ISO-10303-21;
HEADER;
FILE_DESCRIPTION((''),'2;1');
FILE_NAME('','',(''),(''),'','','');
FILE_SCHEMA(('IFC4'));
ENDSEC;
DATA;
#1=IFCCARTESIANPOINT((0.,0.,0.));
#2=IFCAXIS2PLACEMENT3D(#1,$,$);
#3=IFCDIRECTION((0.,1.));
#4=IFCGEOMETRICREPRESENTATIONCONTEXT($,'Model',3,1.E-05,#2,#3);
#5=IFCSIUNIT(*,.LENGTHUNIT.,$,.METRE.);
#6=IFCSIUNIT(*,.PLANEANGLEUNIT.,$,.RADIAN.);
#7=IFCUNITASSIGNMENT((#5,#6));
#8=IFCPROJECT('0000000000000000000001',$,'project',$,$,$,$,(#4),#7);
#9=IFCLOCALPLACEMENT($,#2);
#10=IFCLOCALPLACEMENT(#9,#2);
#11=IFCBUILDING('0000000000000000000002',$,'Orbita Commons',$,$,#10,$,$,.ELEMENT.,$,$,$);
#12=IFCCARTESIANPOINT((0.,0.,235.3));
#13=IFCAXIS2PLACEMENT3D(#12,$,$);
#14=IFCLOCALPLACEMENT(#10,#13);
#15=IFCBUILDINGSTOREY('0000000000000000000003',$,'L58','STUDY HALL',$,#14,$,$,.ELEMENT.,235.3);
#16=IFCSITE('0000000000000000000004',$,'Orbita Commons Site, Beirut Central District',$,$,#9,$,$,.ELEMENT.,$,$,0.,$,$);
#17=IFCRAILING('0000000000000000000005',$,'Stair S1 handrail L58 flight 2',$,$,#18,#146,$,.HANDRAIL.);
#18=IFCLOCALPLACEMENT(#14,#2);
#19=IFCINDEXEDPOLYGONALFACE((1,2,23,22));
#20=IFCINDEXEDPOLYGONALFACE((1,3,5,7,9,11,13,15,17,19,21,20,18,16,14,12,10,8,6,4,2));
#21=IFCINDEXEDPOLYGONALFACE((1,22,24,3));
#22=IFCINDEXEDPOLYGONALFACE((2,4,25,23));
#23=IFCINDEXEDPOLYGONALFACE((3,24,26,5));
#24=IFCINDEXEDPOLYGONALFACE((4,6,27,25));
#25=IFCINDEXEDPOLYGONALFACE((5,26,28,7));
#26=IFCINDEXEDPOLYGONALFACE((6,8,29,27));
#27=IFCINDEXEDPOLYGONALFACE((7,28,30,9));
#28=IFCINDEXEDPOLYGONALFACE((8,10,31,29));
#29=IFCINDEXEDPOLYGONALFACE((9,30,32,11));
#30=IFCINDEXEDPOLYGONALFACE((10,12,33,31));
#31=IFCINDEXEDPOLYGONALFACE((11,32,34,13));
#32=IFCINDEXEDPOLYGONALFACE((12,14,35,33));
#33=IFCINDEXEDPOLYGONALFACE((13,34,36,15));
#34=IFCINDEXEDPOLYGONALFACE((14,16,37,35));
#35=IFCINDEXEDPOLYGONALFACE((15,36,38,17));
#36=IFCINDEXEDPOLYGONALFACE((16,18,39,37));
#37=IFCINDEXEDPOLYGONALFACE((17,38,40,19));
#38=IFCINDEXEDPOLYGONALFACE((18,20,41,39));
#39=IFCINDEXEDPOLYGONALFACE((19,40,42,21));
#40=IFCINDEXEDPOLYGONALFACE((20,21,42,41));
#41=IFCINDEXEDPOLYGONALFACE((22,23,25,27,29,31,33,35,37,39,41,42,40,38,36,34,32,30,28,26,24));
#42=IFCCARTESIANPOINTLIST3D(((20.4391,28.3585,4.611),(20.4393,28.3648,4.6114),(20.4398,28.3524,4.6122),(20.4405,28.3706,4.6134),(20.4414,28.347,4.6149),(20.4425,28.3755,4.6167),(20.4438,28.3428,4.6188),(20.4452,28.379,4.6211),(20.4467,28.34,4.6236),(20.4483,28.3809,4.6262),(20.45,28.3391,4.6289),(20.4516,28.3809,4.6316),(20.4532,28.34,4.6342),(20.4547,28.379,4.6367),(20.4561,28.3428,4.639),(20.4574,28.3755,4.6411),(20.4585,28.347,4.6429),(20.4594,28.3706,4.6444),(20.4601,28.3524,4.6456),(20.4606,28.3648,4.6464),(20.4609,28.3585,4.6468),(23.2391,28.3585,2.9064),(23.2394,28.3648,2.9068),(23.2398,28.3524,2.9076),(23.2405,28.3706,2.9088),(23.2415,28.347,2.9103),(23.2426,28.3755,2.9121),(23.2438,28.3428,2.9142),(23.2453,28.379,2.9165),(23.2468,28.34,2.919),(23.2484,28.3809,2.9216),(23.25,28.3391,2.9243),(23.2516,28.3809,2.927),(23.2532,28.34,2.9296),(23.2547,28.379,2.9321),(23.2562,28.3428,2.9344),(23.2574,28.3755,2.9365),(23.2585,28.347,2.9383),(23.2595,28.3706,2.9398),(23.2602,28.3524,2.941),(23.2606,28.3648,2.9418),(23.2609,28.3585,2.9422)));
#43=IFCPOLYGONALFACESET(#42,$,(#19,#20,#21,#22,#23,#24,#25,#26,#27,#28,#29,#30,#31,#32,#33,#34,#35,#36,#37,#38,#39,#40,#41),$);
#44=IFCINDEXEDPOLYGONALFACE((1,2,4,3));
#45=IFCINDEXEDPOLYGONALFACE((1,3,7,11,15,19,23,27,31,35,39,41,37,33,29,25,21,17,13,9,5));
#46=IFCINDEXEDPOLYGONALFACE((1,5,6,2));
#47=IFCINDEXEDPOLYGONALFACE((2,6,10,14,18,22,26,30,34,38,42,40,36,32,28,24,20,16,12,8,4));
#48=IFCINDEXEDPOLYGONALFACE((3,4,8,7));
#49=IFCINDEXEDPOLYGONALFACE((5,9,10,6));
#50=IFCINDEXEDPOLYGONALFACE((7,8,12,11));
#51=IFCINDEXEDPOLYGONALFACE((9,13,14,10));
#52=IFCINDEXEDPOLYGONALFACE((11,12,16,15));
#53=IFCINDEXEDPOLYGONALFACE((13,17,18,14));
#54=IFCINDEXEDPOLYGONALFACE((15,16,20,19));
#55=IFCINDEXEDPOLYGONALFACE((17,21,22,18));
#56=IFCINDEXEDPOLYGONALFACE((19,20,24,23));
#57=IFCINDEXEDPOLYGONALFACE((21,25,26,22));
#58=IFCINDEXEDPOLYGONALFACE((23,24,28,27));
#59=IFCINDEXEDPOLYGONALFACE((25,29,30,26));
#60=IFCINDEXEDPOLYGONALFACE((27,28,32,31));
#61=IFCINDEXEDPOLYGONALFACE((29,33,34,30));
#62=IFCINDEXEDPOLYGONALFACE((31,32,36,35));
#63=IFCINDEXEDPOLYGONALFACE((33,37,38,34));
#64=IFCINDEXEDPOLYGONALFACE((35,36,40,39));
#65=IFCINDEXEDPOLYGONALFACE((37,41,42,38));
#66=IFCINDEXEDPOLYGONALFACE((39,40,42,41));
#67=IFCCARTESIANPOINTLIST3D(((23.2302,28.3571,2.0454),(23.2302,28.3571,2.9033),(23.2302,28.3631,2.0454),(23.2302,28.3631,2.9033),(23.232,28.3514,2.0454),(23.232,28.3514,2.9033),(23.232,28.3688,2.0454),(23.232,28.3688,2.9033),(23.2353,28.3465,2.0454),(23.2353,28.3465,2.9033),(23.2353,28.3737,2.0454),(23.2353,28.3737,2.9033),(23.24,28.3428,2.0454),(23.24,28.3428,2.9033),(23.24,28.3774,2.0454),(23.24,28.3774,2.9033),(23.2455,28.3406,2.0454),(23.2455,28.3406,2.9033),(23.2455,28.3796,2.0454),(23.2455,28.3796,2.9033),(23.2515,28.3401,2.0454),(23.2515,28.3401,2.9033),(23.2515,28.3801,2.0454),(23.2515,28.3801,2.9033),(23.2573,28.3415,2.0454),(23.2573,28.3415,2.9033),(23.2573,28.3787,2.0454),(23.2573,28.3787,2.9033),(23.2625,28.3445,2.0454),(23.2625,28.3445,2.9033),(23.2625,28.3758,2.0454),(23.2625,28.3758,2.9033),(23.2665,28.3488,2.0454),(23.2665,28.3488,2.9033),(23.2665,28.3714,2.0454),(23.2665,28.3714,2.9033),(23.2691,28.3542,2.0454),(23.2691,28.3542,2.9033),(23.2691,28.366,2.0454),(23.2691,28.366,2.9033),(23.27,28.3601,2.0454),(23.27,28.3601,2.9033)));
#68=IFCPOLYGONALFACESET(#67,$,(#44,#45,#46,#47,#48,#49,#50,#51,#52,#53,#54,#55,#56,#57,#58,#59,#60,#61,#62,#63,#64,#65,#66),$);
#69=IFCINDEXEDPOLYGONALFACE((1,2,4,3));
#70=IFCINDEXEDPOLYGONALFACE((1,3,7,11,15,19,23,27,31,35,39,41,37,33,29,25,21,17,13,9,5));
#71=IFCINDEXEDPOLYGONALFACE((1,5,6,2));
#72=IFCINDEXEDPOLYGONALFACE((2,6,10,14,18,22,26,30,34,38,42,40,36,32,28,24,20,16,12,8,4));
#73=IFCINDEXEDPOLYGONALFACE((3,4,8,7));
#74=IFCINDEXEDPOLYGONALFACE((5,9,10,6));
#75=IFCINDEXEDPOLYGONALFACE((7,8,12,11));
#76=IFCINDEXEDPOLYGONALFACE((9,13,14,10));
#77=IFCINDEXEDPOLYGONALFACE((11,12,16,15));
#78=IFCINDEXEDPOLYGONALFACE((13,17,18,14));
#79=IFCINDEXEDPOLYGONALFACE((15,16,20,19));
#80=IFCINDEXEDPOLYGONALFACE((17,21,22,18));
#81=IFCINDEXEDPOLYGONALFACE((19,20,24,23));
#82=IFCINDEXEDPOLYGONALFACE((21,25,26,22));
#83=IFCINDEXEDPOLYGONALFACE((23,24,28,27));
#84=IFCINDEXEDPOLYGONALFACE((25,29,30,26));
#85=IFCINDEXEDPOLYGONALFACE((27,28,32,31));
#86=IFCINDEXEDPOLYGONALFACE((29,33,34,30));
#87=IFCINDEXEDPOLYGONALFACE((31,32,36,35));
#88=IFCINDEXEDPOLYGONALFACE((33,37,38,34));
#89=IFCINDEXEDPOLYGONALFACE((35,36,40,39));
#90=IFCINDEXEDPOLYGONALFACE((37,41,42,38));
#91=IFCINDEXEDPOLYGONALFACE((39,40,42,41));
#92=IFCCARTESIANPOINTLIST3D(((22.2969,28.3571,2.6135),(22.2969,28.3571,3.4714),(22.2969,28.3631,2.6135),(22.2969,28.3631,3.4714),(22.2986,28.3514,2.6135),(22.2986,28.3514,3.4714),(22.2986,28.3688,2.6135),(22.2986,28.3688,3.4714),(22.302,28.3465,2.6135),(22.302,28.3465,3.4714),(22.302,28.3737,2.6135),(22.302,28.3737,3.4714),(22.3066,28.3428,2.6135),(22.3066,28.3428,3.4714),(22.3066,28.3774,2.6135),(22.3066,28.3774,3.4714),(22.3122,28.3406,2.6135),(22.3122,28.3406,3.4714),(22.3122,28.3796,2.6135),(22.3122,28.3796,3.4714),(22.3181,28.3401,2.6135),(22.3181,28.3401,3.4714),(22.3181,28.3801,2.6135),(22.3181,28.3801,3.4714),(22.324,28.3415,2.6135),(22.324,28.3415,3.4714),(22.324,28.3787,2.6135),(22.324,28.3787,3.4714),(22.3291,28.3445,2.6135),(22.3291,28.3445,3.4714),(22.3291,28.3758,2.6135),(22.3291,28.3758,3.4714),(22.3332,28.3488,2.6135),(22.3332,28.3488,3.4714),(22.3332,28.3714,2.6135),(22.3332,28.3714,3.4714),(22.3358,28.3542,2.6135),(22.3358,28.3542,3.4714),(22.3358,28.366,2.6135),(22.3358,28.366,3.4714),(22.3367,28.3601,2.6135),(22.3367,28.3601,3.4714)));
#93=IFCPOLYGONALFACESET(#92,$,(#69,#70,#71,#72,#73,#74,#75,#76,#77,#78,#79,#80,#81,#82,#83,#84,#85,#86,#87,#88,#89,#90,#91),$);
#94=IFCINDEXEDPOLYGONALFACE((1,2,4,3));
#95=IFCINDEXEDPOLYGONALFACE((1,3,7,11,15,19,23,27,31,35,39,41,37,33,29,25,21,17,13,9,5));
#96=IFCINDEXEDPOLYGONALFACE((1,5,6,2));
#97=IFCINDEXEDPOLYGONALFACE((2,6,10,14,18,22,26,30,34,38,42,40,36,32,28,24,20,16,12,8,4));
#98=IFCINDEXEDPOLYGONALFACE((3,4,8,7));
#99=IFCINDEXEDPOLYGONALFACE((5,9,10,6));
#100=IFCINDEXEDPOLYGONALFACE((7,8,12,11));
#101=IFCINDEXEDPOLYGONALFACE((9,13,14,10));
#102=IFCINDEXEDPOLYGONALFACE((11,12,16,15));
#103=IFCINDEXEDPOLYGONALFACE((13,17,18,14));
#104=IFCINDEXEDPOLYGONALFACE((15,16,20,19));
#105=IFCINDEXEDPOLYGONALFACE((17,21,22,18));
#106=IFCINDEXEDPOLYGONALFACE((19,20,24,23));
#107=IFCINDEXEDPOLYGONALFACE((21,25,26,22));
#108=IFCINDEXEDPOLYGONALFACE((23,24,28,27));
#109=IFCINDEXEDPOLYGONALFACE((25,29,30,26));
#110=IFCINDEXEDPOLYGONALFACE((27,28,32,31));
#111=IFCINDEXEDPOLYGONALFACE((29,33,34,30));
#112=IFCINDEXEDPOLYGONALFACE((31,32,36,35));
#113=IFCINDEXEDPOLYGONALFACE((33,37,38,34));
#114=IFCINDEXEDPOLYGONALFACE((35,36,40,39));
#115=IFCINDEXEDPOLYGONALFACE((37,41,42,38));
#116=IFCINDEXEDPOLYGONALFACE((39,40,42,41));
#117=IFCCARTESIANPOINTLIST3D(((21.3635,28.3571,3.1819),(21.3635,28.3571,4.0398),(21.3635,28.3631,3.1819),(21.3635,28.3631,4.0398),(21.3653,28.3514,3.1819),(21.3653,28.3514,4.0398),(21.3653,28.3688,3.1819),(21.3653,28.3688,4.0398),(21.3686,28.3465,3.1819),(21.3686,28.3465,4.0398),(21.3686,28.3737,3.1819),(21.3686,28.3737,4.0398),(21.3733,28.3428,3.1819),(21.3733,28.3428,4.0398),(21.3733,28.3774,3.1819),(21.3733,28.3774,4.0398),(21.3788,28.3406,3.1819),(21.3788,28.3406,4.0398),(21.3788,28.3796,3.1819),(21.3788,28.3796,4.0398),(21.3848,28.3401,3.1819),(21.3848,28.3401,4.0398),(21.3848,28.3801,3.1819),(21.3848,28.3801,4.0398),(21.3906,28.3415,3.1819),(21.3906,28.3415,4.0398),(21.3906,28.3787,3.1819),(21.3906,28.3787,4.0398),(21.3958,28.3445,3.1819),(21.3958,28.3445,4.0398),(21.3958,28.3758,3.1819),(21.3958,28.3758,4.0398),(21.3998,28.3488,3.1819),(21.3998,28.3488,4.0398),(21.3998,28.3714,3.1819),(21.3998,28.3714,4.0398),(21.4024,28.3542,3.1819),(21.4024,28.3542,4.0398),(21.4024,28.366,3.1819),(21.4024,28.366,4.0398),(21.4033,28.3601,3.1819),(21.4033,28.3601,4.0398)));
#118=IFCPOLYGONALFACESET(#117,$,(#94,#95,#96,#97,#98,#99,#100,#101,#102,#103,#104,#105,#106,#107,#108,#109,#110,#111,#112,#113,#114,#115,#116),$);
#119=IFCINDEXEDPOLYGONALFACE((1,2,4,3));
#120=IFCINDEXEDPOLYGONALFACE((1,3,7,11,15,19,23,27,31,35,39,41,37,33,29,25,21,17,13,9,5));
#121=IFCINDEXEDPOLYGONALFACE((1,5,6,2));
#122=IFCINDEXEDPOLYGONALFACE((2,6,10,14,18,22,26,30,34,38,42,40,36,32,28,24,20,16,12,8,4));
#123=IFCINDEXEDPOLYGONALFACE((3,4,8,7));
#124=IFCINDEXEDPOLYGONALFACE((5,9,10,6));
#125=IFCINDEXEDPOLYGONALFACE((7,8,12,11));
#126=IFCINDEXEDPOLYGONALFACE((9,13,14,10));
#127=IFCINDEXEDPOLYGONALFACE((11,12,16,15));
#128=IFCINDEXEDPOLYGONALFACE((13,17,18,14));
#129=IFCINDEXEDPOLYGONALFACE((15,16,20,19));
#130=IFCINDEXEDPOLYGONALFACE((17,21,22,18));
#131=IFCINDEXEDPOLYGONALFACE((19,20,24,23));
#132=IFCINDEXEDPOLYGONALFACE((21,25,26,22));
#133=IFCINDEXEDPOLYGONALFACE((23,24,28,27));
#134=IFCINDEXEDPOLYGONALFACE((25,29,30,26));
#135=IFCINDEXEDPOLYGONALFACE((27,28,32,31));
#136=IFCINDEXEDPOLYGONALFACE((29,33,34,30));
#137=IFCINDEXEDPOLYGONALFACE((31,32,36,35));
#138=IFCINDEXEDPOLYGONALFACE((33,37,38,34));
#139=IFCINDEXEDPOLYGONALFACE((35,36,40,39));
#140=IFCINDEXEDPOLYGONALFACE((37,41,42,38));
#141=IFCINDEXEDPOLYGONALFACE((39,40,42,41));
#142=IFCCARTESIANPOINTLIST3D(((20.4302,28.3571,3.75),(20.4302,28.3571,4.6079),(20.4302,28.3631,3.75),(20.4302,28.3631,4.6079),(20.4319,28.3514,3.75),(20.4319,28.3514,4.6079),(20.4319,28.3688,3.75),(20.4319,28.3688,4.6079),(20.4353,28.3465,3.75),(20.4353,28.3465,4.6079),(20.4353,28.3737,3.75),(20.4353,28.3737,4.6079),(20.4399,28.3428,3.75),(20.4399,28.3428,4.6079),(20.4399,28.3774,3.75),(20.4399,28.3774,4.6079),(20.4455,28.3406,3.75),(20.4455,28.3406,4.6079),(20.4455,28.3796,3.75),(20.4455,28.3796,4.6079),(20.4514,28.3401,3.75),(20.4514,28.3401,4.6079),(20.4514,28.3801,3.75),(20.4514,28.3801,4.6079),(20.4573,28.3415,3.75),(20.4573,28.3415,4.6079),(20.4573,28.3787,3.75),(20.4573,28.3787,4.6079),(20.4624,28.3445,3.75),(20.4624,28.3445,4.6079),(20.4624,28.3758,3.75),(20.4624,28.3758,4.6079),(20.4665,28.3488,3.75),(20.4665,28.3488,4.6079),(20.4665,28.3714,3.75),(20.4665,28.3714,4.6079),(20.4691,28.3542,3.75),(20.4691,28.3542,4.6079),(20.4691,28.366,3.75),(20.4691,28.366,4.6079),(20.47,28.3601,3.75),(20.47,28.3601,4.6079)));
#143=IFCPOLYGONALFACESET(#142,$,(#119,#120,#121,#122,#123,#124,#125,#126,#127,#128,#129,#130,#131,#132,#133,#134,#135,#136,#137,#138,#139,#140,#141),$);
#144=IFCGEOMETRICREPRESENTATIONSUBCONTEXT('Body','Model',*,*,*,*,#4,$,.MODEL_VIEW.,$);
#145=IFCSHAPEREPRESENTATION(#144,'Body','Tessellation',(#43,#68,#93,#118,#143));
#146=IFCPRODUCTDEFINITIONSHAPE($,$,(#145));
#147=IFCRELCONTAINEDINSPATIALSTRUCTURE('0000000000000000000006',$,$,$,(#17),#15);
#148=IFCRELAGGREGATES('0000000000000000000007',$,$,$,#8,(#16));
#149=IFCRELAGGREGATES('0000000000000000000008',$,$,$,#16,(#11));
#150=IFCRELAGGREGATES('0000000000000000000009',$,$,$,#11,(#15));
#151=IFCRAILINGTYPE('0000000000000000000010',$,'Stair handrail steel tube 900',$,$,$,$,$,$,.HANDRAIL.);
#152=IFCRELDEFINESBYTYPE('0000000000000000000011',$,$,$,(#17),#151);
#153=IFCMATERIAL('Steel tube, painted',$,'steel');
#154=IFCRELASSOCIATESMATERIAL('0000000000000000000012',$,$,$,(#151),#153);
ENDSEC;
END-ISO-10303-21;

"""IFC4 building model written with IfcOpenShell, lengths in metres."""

from ifc_helpers import new_model, si_unit, direction, frame, origin, origin_2d, place, context, subcontext, project, spatial, circle, extrude, material, type_object, element, save


model = new_model("IFC4")

# Units and contexts
model_context = context("Model", 3, precision=1e-05, world=origin(), true_north=direction((0.0, 1.0)))
body_context = subcontext(model_context, "Body", "Model", "MODEL_VIEW")
ifc_project = project(units=[si_unit("LENGTHUNIT", "METRE"), si_unit("PLANEANGLEUNIT", "RADIAN")], contexts=[model_context])

# Site, building, storey
site_placement = place(None, origin())
site = spatial("IfcSite", under=ifc_project, at=site_placement, Name="Orbita Commons Site, Beirut Central District", CompositionType="ELEMENT", RefElevation=0.0)
building_placement = place(site_placement, origin())
building = spatial("IfcBuilding", under=site, at=building_placement, Name="Orbita Commons", CompositionType="ELEMENT")
storey_placement = place(building_placement, frame((0.0, 0.0, 235.3)))
storey = spatial("IfcBuildingStorey", under=building, at=storey_placement, Name="L58", Description="STUDY HALL", CompositionType="ELEMENT", Elevation=235.3)

# Railing
ifc_material = material(Name="Steel tube, painted", Category="steel")
railing_type = type_object("IfcRailingType", Name="Stair handrail steel tube 900", PredefinedType="HANDRAIL", material=ifc_material)
for number, where, name in (
    (1, (23.25, 28.3601, 2.0454), "Stair S1 handrail L58 flight 2"),
):
    element("IfcRailing", number, at=place(storey_placement, frame(where)), inside=storey, type_object=railing_type, Name=name, PredefinedType="HANDRAIL", context=body_context, shape_type="SweptSolid", body=[
        extrude(circle(Radius=0.021, at=origin_2d()), frame((0.0, 0.0, 0.8789), z_axis=(-0.85417, 0.0, 0.519994), x_axis=(0.0, -1.0, 0.0)), (0.0, 0.0, 1.0), 3.2781),
        extrude(circle(Radius=0.02, at=origin_2d()), origin(), (0.0, 0.0, 1.0), 0.8579),
        extrude(circle(Radius=0.02, at=origin_2d()), frame((-0.9333, 0.0, 0.5681)), (0.0, 0.0, 1.0), 0.8579),
        extrude(circle(Radius=0.02, at=origin_2d()), frame((-1.8667, 0.0, 1.1365)), (0.0, 0.0, 1.0), 0.8579),
        extrude(circle(Radius=0.02, at=origin_2d()), frame((-2.8, 0.0, 1.7046)), (0.0, 0.0, 1.0), 0.8579),
    ])

save(model, "model.ifc")
